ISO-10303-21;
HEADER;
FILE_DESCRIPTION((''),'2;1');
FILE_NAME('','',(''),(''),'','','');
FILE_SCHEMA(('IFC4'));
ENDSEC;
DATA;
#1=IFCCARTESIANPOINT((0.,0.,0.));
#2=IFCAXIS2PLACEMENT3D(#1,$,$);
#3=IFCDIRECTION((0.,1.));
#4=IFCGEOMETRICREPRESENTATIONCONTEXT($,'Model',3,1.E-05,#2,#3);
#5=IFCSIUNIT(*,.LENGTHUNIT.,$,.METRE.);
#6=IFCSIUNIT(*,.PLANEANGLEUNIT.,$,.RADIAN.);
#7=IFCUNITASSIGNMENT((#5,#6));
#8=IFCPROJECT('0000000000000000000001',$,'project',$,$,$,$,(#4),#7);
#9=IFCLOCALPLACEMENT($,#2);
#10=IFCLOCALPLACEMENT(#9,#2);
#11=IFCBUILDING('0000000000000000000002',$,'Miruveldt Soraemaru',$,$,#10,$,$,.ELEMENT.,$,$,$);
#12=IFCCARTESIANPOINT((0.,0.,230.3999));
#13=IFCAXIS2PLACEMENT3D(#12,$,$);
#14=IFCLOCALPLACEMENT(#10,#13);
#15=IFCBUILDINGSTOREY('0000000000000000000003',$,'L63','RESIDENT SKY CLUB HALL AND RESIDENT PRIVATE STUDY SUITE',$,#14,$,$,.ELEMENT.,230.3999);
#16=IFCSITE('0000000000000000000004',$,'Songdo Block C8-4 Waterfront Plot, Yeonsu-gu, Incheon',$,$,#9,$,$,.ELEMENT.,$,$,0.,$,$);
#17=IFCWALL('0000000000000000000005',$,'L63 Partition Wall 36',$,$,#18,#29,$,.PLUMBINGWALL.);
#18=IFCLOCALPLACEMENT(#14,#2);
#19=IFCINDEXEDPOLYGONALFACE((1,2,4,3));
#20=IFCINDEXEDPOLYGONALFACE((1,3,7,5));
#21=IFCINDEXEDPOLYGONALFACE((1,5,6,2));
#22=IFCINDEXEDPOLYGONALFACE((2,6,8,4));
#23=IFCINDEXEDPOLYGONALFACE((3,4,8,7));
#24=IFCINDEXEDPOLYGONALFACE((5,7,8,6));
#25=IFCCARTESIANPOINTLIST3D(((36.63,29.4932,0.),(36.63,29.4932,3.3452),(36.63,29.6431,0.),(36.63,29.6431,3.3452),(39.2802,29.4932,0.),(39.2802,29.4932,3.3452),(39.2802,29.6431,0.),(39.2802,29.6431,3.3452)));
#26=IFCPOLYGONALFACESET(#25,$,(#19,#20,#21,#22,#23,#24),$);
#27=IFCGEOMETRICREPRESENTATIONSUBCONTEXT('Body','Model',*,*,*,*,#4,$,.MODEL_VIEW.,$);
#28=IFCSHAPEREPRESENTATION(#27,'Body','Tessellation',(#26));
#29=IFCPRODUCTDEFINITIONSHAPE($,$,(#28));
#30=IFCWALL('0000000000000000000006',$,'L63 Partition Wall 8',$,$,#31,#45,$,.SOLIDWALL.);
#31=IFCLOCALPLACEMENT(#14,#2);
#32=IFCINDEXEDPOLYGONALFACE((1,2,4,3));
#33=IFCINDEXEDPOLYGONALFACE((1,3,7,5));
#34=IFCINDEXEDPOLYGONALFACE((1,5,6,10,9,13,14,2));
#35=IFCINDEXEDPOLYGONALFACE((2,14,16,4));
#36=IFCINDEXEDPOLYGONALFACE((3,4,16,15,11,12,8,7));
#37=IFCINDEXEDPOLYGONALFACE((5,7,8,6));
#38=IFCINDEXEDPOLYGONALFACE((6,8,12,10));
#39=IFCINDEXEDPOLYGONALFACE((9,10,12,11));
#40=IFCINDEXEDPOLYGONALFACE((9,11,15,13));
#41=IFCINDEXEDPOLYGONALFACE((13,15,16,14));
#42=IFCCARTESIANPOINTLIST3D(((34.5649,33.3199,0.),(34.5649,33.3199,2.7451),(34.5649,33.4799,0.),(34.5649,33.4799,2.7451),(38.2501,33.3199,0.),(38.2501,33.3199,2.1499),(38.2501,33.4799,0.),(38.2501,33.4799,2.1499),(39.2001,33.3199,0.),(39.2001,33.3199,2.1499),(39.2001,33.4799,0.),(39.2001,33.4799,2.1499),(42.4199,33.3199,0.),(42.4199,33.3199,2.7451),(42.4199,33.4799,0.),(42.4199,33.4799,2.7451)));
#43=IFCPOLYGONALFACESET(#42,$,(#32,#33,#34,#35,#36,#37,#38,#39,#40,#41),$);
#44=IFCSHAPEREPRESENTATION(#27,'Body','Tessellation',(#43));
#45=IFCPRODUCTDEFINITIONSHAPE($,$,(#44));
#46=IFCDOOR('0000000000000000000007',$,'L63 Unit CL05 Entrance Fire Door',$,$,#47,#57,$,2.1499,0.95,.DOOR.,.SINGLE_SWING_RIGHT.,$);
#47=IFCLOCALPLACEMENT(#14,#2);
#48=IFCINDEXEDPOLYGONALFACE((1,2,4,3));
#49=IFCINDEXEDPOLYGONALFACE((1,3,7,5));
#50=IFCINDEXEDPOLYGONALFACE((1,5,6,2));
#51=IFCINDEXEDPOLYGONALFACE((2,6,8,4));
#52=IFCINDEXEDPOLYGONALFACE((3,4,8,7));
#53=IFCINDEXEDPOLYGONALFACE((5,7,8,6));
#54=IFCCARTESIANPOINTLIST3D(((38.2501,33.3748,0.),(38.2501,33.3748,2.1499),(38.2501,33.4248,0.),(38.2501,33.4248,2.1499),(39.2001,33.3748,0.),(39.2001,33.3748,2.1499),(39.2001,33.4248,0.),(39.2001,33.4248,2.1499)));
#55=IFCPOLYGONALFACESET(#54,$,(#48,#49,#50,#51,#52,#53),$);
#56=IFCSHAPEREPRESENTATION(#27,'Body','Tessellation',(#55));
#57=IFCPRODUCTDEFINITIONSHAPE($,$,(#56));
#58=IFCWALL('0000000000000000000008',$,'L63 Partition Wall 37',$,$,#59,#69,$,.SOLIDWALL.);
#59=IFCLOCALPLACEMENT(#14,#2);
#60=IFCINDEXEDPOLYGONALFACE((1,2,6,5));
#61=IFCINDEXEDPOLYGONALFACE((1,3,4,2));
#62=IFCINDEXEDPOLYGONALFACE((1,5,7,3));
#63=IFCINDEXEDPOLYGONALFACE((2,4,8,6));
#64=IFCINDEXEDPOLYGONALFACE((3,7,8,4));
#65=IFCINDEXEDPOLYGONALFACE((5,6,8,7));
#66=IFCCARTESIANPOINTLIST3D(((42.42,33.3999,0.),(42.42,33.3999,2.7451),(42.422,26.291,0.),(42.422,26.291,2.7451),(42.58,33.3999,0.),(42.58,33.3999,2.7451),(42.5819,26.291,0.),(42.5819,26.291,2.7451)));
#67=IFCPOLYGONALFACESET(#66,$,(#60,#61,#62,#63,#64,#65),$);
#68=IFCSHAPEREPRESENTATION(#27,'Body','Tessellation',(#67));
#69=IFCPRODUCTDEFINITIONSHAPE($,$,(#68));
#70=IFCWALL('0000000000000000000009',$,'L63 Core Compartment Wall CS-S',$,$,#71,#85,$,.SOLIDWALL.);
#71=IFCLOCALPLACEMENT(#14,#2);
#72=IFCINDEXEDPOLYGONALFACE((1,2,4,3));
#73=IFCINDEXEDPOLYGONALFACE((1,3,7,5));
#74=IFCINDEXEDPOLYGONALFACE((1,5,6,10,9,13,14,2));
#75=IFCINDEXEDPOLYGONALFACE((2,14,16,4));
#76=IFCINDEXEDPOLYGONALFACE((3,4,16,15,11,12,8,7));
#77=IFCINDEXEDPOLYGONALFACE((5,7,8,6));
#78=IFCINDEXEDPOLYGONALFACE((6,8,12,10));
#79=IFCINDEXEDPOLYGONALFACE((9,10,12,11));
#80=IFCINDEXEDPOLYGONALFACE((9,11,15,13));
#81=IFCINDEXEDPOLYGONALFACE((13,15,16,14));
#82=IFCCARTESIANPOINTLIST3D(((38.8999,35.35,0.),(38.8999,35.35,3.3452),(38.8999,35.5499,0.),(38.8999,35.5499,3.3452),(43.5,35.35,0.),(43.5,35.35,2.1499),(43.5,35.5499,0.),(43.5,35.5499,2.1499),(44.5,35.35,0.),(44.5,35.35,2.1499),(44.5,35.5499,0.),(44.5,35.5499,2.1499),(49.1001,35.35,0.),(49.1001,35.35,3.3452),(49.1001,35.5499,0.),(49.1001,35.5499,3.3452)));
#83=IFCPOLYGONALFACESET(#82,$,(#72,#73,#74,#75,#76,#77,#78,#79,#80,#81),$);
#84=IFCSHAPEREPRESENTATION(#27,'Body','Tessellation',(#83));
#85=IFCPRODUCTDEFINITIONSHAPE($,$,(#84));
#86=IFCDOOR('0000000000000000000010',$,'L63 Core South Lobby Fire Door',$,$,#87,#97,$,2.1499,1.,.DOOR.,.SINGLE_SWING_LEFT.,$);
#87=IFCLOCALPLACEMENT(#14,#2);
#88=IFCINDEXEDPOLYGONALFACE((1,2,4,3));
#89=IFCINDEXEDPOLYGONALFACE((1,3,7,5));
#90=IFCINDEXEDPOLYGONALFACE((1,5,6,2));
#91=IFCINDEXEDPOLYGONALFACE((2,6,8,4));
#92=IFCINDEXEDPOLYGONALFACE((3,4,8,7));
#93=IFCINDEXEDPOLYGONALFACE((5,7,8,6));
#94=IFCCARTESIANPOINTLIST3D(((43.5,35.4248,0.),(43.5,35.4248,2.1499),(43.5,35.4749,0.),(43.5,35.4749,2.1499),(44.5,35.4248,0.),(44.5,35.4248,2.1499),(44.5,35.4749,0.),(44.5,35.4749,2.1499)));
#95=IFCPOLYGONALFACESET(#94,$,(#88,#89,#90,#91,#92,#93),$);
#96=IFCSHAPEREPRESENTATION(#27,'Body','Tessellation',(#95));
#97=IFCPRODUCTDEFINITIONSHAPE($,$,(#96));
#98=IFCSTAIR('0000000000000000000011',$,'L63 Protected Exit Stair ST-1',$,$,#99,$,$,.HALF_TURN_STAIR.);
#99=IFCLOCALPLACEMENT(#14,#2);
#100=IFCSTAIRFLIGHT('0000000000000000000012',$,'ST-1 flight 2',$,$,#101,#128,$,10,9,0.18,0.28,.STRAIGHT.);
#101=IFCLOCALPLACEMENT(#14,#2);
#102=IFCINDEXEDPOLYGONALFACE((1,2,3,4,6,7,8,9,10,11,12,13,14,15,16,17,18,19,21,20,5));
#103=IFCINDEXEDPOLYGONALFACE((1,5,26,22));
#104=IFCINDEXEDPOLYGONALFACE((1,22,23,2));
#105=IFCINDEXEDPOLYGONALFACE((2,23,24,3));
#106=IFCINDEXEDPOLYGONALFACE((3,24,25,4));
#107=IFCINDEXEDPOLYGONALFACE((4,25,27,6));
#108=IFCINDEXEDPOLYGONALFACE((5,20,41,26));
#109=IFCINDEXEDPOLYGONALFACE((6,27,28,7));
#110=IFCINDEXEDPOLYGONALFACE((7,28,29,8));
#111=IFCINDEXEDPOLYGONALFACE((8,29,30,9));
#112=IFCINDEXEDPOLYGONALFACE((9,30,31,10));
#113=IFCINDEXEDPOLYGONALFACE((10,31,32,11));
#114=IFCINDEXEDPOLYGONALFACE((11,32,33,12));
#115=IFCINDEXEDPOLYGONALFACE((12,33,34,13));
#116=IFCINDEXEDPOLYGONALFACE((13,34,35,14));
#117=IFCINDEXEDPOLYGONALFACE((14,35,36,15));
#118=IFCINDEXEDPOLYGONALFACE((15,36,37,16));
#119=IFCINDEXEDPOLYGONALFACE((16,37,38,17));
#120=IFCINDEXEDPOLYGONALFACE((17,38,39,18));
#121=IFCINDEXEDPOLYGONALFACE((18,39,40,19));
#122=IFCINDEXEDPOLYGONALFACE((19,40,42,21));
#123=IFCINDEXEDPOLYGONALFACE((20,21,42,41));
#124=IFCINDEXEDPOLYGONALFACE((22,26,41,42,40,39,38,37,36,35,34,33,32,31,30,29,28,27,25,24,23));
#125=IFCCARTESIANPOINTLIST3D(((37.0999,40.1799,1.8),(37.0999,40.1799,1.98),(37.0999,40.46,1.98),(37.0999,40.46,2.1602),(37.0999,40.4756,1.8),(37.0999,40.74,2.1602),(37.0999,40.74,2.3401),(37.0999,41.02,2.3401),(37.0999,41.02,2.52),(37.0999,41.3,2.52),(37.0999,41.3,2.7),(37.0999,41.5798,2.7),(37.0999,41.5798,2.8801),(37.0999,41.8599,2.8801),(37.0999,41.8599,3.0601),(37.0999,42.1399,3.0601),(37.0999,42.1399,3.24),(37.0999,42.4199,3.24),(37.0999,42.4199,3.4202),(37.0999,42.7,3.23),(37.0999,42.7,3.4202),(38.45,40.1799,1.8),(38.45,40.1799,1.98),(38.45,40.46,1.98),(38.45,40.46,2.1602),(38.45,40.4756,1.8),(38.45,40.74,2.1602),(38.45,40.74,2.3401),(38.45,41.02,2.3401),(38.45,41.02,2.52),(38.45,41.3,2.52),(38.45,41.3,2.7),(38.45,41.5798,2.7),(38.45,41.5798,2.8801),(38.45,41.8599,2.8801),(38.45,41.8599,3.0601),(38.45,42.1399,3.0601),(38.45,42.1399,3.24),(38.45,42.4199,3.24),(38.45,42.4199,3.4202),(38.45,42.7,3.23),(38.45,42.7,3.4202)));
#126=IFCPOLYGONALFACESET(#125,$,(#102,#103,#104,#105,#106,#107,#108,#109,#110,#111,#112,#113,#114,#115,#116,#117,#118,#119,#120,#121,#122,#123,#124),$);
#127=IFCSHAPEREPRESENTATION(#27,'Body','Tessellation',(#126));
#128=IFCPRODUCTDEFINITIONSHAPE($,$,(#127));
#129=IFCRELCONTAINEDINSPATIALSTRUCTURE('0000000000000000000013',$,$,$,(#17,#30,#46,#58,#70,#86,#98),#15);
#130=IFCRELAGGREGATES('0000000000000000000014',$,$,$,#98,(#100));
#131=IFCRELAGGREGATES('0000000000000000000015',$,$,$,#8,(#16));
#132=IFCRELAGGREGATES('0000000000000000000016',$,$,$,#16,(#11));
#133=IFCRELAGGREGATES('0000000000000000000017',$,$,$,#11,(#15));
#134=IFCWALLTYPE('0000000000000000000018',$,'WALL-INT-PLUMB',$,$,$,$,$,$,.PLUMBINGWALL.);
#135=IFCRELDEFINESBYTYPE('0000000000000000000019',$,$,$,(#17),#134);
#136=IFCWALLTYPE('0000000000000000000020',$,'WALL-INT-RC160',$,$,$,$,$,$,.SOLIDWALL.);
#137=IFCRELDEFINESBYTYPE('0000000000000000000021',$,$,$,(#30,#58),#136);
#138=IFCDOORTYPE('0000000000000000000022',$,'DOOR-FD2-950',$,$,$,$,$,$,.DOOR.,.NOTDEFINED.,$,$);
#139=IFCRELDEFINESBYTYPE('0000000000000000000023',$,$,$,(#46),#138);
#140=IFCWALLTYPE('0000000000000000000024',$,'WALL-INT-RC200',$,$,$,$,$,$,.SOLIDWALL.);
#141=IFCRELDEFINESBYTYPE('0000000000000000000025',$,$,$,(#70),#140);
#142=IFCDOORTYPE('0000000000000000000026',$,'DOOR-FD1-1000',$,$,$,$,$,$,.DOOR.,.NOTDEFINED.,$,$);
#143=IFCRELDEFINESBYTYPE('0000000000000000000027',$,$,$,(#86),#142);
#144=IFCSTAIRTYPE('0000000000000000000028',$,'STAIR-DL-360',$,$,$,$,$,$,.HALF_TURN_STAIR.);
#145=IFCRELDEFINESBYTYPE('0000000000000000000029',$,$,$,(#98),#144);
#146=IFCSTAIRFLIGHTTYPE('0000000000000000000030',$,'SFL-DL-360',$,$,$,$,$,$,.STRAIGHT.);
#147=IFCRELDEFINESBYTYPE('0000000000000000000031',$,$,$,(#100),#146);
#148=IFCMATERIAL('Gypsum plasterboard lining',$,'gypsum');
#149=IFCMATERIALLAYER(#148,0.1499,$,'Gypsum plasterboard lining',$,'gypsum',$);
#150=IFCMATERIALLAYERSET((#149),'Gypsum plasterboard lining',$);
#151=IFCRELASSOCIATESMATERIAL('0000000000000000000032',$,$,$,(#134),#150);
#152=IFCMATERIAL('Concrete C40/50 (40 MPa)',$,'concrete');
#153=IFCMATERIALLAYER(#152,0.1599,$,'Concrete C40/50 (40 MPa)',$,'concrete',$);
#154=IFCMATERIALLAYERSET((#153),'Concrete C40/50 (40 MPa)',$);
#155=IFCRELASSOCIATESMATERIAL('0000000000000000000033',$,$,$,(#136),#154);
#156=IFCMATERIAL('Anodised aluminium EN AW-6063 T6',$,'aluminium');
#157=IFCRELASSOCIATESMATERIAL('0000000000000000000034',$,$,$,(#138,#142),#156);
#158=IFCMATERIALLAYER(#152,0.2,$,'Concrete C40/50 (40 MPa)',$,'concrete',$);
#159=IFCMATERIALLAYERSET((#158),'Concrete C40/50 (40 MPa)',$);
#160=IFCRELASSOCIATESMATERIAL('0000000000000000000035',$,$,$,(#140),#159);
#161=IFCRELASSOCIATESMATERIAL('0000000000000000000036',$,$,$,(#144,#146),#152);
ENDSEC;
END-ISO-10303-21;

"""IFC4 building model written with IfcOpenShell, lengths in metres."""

from ifc_helpers import new_model, si_unit, direction, frame, frame_2d, origin, place, context, subcontext, project, spatial, polyline, rectangle, outline, extrude, material, layer, layer_set, type_object, element, fill, aggregate, save


model = new_model("IFC4")

# Units and contexts
model_context = context("Model", 3, precision=1e-05, world=origin(), true_north=direction((0.0, 1.0)))
body_context = subcontext(model_context, "Body", "Model", "MODEL_VIEW")
ifc_project = project(units=[si_unit("LENGTHUNIT", "METRE"), si_unit("PLANEANGLEUNIT", "RADIAN")], contexts=[model_context])

# Site, building, storey
site_placement = place(None, origin())
site = spatial("IfcSite", under=ifc_project, at=site_placement, Name="Songdo Block C8-4 Waterfront Plot, Yeonsu-gu, Incheon", CompositionType="ELEMENT", RefElevation=0.0)
building_placement = place(site_placement, origin())
building = spatial("IfcBuilding", under=site, at=building_placement, Name="Miruveldt Soraemaru", CompositionType="ELEMENT")
storey_placement = place(building_placement, frame((0.0, 0.0, 230.3999)))
storey = spatial("IfcBuildingStorey", under=building, at=storey_placement, Name="L63", Description="RESIDENT SKY CLUB HALL AND RESIDENT PRIVATE STUDY SUITE", CompositionType="ELEMENT", Elevation=230.3999)

# Shared definitions
ifc_material_1 = material(Name="Gypsum plasterboard lining", Category="gypsum")
ifc_layer_1 = layer(ifc_material_1, 0.1499, Name="Gypsum plasterboard lining", Category="gypsum")
ifc_layer_set_1 = layer_set([ifc_layer_1], Name="Gypsum plasterboard lining")
wall_type_1 = type_object("IfcWallType", Name="WALL-INT-PLUMB", PredefinedType="PLUMBINGWALL", material=ifc_layer_set_1)
ifc_material_2 = material(Name="Anodised aluminium EN AW-6063 T6", Category="aluminium")

# Wall
wall_1_placement = place(storey_placement, frame((36.6299, 29.5681, 0.0), z_axis=(0.0, 0.0, 1.0), x_axis=(1.0, 0.0, 0.0)))
element("IfcWall", 1, at=wall_1_placement, inside=storey, type_object=wall_type_1, Name="L63 Partition Wall 36", PredefinedType="PLUMBINGWALL", context=body_context, shape_type="SweptSolid", body=[
    extrude(rectangle(XDim=2.6501, YDim=0.1499, at=frame_2d((1.3252, 0.0))), origin(), (0.0, 0.0, 1.0), 3.3452),
])

# Wall, opening, door
ifc_material_3 = material(Name="Concrete C40/50 (40 MPa)", Category="concrete")
ifc_layer_2 = layer(ifc_material_3, 0.1599, Name="Concrete C40/50 (40 MPa)", Category="concrete")
ifc_layer_set_2 = layer_set([ifc_layer_2], Name="Concrete C40/50 (40 MPa)")
wall_type_2 = type_object("IfcWallType", Name="WALL-INT-RC160", PredefinedType="SOLIDWALL", material=ifc_layer_set_2)
wall_2_placement = place(storey_placement, frame((34.5649, 33.3999, 0.0), z_axis=(0.0, 0.0, 1.0), x_axis=(1.0, 0.0, 0.0)))
wall_2 = element("IfcWall", 2, at=wall_2_placement, inside=storey, type_object=wall_type_2, Name="L63 Partition Wall 8", PredefinedType="SOLIDWALL", context=body_context, shape_type="SweptSolid", body=[
    extrude(rectangle(XDim=7.855, YDim=0.1599, at=frame_2d((3.9275, 0.0))), origin(), (0.0, 0.0, 1.0), 2.7451),
])
opening_1_placement = place(wall_2_placement, frame((3.6851, 0.0, 0.0)))
opening_1 = element("IfcOpeningElement", 3, at=opening_1_placement, cuts=wall_2, PredefinedType="OPENING", context=body_context, shape_type="SweptSolid", body=[
    extrude(rectangle(XDim=0.95, YDim=2.1499, at=frame_2d((0.4751, 1.075))), frame((0.0, 0.0898, 0.0), z_axis=(0.0, -1.0, 0.0), x_axis=(1.0, 0.0, 0.0)), (0.0, 0.0, 1.0), 0.1799),
])
door_type_1 = type_object("IfcDoorType", Name="DOOR-FD2-950", OperationType="NOTDEFINED", PredefinedType="DOOR", material=ifc_material_2)
door_1_placement = place(opening_1_placement, origin())
door_1 = element("IfcDoor", 4, at=door_1_placement, inside=storey, type_object=door_type_1, Name="L63 Unit CL05 Entrance Fire Door", OperationType="SINGLE_SWING_RIGHT", OverallHeight=2.1499, OverallWidth=0.95, PredefinedType="DOOR", context=body_context, shape_type="SweptSolid", body=[
    extrude(rectangle(XDim=0.95, YDim=2.1499, at=frame_2d((0.4751, 1.075))), frame((0.0, 0.0249, 0.0), z_axis=(0.0, -1.0, 0.0), x_axis=(1.0, 0.0, 0.0)), (0.0, 0.0, 1.0), 0.05),
])
fill(opening_1, door_1)

# Wall
wall_3_placement = place(storey_placement, frame((42.502, 26.291, 0.0), z_axis=(0.0, 0.0, 1.0), x_axis=(-0.000275, 1.0, 0.0)))
element("IfcWall", 5, at=wall_3_placement, inside=storey, type_object=wall_type_2, Name="L63 Partition Wall 37", PredefinedType="SOLIDWALL", context=body_context, shape_type="SweptSolid", body=[
    extrude(rectangle(XDim=7.1089, YDim=0.1599, at=frame_2d((3.5544, 0.0))), origin(), (0.0, 0.0, 1.0), 2.7451),
])

# Wall, opening, door
ifc_layer_3 = layer(ifc_material_3, 0.2, Name="Concrete C40/50 (40 MPa)", Category="concrete")
ifc_layer_set_3 = layer_set([ifc_layer_3], Name="Concrete C40/50 (40 MPa)")
wall_type_3 = type_object("IfcWallType", Name="WALL-INT-RC200", PredefinedType="SOLIDWALL", material=ifc_layer_set_3)
wall_4_placement = place(storey_placement, frame((38.8999, 35.45, 0.0), z_axis=(0.0, 0.0, 1.0), x_axis=(1.0, 0.0, 0.0)))
wall_4 = element("IfcWall", 6, at=wall_4_placement, inside=storey, type_object=wall_type_3, Name="L63 Core Compartment Wall CS-S", PredefinedType="SOLIDWALL", context=body_context, shape_type="SweptSolid", body=[
    extrude(rectangle(XDim=10.2002, YDim=0.2, at=frame_2d((5.1001, 0.0))), origin(), (0.0, 0.0, 1.0), 3.3452),
])
opening_2_placement = place(wall_4_placement, frame((4.6001, 0.0, 0.0)))
opening_2 = element("IfcOpeningElement", 7, at=opening_2_placement, cuts=wall_4, PredefinedType="OPENING", context=body_context, shape_type="SweptSolid", body=[
    extrude(rectangle(XDim=1.0, YDim=2.1499, at=frame_2d((0.5, 1.075))), frame((0.0, 0.1099, 0.0), z_axis=(0.0, -1.0, 0.0), x_axis=(1.0, 0.0, 0.0)), (0.0, 0.0, 1.0), 0.22),
])
door_type_2 = type_object("IfcDoorType", Name="DOOR-FD1-1000", OperationType="NOTDEFINED", PredefinedType="DOOR", material=ifc_material_2)
door_2_placement = place(opening_2_placement, origin())
door_2 = element("IfcDoor", 8, at=door_2_placement, inside=storey, type_object=door_type_2, Name="L63 Core South Lobby Fire Door", OperationType="SINGLE_SWING_LEFT", OverallHeight=2.1499, OverallWidth=1.0, PredefinedType="DOOR", context=body_context, shape_type="SweptSolid", body=[
    extrude(rectangle(XDim=1.0, YDim=2.1499, at=frame_2d((0.5, 1.075))), frame((0.0, 0.0249, 0.0), z_axis=(0.0, -1.0, 0.0), x_axis=(1.0, 0.0, 0.0)), (0.0, 0.0, 1.0), 0.05),
])
fill(opening_2, door_2)

# Stair, stair flight
stair_type = type_object("IfcStairType", Name="STAIR-DL-360", PredefinedType="HALF_TURN_STAIR", material=ifc_material_3)
stair_placement = place(storey_placement, origin())
stair = element("IfcStair", 9, at=stair_placement, inside=storey, type_object=stair_type, Name="L63 Protected Exit Stair ST-1", PredefinedType="HALF_TURN_STAIR")
stair_flight_type = type_object("IfcStairFlightType", Name="SFL-DL-360", PredefinedType="STRAIGHT", material=ifc_material_3)
stair_flight_placement = place(storey_placement, frame((37.7749, 40.1799, 1.8), z_axis=(0.0, 0.0, 1.0), x_axis=(0.0, 1.0, 0.0)))
stair_flight = element("IfcStairFlight", 10, at=stair_flight_placement, type_object=stair_flight_type, Name="ST-1 flight 2", NumberOfRisers=10, NumberOfTreads=9, PredefinedType="STRAIGHT", RiserHeight=0.18, TreadLength=0.28, context=body_context, shape_type="SweptSolid", body=[
    extrude(outline(polyline([(0.0, 0.0), (0.0, 0.1799), (0.28, 0.1799), (0.28, 0.3601), (0.5601, 0.3601), (0.5601, 0.54), (0.8401, 0.54), (0.8401, 0.72), (1.1201, 0.72), (1.1201, 0.8999), (1.3999, 0.8999), (1.3999, 1.0801), (1.6799, 1.0801), (1.6799, 1.26), (1.96, 1.26), (1.96, 1.4399), (2.24, 1.4399), (2.24, 1.6201), (2.52, 1.6201), (2.52, 1.8), (2.52, 1.4299), (0.2957, 0.0), (0.0, 0.0)])), frame((0.0, 0.675, 0.0), z_axis=(0.0, -1.0, 0.0), x_axis=(1.0, 0.0, 0.0)), (0.0, 0.0, 1.0), 1.3501),
])
aggregate(stair, [stair_flight])

save(model, "model.ifc")
